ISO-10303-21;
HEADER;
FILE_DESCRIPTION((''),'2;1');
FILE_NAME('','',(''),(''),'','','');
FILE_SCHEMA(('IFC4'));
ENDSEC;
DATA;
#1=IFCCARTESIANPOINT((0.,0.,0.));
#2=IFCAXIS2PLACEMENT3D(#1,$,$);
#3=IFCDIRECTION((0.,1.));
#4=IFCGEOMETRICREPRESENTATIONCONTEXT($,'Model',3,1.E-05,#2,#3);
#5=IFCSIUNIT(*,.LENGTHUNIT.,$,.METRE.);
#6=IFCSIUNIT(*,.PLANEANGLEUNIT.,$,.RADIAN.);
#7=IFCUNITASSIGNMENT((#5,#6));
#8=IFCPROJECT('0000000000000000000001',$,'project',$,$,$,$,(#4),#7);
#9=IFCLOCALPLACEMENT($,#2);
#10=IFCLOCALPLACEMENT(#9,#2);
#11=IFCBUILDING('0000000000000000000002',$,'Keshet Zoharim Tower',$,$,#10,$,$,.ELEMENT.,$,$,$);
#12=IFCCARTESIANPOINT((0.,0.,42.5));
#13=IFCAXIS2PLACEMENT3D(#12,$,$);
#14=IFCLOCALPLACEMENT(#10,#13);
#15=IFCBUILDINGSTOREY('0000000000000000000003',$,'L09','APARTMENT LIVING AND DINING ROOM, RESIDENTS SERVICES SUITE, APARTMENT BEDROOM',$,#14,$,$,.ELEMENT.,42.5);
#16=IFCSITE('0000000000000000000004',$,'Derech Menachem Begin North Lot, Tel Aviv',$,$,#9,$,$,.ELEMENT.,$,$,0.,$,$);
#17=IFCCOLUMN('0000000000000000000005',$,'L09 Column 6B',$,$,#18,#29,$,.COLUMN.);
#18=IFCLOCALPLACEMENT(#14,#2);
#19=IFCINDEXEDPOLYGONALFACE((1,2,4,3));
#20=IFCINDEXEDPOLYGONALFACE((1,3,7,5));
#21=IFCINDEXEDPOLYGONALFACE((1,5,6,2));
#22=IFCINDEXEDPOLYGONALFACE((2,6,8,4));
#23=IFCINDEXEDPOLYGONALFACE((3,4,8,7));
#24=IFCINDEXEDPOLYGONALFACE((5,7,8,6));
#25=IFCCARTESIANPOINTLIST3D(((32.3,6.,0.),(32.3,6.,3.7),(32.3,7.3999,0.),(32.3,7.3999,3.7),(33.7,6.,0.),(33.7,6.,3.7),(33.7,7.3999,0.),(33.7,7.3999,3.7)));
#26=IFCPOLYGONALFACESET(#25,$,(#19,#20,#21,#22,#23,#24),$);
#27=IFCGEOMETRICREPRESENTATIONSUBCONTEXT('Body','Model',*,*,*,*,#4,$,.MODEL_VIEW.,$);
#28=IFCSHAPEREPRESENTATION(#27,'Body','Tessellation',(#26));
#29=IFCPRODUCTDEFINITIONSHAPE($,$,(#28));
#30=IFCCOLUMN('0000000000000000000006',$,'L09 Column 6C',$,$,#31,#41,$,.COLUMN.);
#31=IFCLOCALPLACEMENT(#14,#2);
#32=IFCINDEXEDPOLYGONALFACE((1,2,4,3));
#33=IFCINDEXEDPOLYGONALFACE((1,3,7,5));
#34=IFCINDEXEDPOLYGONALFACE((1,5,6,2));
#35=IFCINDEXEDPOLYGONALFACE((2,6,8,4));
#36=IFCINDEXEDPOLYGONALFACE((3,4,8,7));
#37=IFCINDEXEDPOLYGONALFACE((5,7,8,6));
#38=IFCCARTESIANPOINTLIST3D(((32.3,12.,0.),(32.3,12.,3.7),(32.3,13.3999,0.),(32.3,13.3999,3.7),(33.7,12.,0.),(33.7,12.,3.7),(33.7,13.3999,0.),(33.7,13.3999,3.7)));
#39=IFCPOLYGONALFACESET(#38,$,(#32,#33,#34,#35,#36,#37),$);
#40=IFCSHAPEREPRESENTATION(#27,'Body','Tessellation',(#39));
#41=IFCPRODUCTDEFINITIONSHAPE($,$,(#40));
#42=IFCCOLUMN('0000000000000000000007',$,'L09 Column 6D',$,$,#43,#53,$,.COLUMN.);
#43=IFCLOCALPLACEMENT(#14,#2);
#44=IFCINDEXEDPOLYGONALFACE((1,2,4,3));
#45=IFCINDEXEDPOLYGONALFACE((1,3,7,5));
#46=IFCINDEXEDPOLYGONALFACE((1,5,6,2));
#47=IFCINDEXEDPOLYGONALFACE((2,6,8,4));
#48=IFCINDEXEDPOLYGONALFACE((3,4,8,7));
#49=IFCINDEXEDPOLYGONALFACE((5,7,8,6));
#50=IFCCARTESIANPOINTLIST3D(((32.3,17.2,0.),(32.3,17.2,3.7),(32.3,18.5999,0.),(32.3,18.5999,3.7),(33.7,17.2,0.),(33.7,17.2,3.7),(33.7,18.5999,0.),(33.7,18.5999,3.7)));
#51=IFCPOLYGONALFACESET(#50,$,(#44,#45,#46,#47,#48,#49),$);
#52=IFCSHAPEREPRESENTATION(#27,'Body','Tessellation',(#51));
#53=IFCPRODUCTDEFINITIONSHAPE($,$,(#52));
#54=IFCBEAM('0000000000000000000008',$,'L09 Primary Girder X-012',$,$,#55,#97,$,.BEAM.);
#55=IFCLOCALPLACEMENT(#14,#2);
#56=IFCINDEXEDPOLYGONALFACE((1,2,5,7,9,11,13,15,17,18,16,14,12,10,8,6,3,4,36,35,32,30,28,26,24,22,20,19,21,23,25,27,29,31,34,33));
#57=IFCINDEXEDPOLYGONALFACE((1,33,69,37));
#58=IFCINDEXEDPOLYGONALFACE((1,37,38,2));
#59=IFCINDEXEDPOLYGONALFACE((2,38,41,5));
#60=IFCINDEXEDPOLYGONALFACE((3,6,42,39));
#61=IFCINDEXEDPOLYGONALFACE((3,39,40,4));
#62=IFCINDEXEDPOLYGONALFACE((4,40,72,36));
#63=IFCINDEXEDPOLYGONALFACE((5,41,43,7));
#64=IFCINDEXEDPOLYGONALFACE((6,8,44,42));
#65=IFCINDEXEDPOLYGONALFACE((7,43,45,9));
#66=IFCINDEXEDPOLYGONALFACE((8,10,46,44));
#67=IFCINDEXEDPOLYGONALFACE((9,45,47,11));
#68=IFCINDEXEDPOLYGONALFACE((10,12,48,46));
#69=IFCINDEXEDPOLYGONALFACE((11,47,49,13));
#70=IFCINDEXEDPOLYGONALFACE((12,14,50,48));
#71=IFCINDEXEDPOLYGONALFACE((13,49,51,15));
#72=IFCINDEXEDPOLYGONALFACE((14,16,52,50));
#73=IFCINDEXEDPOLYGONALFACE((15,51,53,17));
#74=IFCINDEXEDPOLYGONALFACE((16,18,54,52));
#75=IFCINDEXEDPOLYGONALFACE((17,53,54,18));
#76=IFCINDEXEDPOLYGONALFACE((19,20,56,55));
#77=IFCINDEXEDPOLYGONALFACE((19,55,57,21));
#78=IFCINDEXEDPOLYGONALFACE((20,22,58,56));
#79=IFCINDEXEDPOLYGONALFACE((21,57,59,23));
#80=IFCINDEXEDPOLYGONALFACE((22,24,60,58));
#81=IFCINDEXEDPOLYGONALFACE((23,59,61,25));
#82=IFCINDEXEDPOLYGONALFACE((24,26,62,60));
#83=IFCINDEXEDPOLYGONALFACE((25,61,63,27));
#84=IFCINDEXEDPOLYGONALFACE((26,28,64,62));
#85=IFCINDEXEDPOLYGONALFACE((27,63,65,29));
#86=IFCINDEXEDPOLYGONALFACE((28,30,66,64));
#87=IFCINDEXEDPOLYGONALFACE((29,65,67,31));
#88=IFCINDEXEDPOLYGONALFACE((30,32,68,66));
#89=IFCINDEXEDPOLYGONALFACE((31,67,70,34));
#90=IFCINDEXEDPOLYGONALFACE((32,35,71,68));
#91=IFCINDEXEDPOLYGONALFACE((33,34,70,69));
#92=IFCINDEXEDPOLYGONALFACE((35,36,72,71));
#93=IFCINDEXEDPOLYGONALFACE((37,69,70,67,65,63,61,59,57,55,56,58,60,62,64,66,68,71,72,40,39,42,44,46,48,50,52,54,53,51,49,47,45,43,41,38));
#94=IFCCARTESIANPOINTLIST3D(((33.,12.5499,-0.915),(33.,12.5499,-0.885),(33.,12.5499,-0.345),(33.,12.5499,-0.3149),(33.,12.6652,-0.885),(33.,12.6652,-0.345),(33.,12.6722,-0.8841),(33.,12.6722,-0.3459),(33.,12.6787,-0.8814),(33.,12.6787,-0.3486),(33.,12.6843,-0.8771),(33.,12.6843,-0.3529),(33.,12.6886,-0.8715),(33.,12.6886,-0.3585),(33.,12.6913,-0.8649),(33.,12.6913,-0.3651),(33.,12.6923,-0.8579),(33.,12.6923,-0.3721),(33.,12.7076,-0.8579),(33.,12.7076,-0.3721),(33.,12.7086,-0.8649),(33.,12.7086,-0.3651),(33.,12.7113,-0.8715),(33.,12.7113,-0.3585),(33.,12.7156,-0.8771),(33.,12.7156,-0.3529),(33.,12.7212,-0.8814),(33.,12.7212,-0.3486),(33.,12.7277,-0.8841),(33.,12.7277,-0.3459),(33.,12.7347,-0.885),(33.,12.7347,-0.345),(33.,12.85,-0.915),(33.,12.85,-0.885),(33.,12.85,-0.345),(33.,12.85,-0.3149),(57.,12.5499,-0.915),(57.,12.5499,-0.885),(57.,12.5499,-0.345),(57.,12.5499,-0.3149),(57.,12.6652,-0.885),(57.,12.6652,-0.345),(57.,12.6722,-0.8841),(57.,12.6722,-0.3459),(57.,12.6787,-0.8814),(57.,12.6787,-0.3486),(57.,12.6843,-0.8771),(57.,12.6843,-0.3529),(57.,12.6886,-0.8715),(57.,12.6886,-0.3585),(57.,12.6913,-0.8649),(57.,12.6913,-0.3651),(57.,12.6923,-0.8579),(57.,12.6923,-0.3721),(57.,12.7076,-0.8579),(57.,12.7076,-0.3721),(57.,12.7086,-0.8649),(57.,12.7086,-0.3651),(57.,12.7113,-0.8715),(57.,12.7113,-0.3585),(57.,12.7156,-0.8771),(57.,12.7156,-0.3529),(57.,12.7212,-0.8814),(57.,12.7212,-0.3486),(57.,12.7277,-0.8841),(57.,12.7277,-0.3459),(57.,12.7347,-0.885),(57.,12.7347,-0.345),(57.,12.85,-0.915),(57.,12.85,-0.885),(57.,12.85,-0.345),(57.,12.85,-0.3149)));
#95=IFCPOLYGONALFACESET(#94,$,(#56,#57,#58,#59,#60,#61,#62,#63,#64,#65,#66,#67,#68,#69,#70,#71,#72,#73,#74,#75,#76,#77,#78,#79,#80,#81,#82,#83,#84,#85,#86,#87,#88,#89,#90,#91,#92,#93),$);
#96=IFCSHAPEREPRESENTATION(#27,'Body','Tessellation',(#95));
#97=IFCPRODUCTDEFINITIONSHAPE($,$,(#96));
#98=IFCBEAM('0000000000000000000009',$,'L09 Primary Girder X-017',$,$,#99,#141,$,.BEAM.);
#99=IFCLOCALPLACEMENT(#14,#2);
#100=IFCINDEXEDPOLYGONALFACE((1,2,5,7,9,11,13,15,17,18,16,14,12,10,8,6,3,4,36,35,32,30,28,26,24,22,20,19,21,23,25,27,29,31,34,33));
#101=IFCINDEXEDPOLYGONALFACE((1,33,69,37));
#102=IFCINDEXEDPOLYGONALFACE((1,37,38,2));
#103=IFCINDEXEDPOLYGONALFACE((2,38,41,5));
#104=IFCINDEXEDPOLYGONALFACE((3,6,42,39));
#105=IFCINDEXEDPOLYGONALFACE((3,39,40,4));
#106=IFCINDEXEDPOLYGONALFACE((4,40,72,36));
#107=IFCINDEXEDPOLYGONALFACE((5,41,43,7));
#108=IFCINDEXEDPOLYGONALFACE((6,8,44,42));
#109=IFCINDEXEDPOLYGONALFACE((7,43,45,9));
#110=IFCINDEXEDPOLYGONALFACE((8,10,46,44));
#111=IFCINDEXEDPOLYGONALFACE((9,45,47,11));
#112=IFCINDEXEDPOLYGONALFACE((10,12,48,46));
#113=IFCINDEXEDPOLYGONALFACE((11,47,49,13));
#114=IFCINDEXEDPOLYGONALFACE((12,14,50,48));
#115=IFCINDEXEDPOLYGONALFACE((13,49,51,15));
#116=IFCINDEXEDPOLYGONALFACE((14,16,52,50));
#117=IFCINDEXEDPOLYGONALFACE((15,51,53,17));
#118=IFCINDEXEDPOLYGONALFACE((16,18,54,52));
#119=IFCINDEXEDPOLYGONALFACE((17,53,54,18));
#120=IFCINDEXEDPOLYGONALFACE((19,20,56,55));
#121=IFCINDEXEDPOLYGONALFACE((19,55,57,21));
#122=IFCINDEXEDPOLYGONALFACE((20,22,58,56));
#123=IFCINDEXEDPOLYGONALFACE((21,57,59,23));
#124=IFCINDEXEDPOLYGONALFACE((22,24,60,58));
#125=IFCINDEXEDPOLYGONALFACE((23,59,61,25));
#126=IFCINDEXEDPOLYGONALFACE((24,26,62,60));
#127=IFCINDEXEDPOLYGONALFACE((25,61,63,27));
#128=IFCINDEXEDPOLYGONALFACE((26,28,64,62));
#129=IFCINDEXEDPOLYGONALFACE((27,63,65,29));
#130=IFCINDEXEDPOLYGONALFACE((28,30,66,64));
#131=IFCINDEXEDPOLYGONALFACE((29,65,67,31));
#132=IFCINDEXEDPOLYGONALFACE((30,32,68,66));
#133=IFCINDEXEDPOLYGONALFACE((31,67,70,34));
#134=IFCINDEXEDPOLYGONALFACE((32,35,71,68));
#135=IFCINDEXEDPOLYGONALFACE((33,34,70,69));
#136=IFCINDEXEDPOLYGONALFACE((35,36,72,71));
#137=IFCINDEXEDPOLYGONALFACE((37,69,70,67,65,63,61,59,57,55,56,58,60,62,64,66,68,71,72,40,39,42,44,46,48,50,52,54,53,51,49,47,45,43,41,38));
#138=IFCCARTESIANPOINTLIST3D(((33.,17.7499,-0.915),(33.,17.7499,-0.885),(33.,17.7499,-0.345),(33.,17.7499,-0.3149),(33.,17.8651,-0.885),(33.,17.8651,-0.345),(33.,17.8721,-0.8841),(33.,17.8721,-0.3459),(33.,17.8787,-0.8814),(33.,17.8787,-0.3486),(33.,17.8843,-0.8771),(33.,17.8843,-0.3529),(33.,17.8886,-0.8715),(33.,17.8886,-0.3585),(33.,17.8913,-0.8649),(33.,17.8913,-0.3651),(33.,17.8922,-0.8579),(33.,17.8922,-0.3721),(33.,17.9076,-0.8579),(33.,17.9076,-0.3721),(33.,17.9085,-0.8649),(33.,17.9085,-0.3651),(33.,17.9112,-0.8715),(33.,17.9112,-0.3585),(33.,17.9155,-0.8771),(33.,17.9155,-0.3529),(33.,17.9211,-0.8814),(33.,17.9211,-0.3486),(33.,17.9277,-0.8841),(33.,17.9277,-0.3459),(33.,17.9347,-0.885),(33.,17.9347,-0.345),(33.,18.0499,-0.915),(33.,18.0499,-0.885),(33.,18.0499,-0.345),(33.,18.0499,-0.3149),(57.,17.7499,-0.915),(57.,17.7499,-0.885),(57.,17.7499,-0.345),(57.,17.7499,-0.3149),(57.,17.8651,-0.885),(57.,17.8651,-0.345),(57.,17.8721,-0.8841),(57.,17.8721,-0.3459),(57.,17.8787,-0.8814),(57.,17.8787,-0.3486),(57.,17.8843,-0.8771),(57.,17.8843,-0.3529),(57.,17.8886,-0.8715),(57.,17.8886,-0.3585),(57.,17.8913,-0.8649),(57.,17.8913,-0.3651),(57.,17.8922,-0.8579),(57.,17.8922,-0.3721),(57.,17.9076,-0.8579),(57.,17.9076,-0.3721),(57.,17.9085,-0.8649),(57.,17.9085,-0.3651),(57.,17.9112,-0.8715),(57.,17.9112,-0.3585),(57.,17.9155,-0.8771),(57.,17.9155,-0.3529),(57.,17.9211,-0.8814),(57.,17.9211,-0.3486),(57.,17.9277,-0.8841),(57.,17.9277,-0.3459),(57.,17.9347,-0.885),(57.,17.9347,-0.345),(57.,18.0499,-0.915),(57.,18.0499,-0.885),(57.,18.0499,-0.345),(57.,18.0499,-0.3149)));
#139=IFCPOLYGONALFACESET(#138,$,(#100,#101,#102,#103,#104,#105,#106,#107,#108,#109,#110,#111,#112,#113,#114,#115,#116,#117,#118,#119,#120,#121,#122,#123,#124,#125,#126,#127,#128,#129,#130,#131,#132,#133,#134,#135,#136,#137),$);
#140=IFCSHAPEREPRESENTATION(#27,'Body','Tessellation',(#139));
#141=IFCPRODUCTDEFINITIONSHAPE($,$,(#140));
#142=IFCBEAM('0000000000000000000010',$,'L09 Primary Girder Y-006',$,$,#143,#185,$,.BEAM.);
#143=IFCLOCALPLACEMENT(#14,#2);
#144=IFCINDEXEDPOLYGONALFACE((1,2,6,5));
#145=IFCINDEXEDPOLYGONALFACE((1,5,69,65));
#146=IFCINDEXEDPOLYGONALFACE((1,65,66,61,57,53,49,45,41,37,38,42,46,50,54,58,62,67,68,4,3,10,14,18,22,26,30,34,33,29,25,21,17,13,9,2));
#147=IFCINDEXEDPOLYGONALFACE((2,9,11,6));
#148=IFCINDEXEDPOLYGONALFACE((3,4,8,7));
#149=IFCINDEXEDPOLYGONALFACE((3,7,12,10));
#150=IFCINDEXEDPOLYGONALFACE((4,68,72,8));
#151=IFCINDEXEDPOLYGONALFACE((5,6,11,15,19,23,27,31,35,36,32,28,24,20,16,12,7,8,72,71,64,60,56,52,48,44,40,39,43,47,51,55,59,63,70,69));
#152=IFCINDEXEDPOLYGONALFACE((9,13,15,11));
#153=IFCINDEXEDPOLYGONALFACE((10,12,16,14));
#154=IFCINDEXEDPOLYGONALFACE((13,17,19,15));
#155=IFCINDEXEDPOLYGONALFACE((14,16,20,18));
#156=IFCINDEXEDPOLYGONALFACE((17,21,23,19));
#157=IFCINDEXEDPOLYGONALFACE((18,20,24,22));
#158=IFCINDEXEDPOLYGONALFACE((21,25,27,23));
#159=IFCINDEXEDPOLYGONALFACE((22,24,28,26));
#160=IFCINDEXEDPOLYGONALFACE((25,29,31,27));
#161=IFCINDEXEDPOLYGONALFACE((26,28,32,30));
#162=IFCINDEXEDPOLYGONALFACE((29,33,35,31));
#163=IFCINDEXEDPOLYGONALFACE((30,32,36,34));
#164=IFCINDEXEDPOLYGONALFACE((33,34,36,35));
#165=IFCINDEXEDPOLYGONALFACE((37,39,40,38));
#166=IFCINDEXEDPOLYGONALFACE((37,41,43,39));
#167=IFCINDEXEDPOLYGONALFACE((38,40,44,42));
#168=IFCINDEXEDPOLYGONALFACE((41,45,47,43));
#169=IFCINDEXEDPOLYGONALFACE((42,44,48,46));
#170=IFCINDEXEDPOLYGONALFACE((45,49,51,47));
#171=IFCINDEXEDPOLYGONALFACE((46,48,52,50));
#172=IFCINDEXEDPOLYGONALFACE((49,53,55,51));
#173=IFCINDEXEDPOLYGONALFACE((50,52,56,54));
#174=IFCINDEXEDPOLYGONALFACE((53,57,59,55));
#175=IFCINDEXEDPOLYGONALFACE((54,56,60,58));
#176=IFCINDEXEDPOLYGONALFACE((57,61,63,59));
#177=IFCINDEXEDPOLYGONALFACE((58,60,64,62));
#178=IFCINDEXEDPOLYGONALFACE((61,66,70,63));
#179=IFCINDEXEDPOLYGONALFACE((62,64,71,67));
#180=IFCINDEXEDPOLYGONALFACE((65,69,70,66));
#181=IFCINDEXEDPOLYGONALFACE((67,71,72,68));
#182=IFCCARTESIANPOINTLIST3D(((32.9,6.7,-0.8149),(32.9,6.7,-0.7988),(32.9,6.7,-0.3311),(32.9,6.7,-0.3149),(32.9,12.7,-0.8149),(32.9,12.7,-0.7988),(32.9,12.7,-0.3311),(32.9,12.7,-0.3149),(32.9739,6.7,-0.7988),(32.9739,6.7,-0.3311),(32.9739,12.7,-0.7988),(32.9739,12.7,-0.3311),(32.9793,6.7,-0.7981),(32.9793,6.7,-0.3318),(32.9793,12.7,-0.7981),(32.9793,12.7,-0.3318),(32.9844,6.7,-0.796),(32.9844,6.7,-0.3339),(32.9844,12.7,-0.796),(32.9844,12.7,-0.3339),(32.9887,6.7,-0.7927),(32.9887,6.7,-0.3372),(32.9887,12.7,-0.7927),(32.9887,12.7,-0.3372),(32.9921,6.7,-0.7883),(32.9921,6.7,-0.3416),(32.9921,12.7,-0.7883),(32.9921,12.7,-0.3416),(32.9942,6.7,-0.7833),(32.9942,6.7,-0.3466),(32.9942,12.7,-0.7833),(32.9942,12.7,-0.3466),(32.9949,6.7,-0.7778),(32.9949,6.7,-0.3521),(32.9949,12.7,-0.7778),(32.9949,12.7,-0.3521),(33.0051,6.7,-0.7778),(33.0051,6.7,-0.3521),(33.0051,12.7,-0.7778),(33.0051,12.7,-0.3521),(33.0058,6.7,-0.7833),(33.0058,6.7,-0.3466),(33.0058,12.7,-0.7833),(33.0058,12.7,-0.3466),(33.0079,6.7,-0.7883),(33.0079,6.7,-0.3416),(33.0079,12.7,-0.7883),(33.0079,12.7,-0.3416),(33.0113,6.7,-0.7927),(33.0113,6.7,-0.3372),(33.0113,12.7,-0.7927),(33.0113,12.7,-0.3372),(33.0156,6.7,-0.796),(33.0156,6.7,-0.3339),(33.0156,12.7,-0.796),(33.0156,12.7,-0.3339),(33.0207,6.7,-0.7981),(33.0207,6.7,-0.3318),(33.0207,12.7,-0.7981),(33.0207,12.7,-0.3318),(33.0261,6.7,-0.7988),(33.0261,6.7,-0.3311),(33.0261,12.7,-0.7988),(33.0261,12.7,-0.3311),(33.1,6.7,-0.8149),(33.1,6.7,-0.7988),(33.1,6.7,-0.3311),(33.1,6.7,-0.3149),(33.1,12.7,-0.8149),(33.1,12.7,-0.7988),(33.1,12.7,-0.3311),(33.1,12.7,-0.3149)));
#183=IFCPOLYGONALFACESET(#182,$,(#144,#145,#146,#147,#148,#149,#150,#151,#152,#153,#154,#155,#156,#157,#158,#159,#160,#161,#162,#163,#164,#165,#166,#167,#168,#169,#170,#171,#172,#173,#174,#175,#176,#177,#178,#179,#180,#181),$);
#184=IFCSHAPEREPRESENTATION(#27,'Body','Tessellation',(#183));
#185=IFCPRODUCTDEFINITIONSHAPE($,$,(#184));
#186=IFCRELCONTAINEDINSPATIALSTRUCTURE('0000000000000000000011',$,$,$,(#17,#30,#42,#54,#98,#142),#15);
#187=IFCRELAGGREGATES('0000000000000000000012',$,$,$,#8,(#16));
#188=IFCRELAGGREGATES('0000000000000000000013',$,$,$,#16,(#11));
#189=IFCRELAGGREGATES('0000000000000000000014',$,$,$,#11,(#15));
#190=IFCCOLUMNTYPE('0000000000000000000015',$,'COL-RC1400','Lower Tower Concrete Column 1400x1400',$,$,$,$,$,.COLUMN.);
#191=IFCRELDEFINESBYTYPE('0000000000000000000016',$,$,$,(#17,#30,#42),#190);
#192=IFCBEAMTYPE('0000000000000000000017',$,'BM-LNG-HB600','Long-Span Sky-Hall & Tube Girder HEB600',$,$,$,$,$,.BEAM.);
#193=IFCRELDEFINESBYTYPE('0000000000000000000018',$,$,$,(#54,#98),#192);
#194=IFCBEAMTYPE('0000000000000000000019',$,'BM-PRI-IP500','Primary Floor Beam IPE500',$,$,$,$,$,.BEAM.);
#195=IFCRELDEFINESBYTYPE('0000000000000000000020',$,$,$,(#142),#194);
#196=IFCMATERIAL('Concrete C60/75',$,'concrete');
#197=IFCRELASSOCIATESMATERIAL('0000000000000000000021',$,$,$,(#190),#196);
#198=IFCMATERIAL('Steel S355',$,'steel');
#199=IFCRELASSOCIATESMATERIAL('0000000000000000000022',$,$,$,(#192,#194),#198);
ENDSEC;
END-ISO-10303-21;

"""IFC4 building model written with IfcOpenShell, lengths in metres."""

from ifc_helpers import new_model, si_unit, direction, frame, origin, origin_2d, place, context, subcontext, project, spatial, rectangle, i_section, extrude, material, material_profile, profile_set, type_object, element, save


model = new_model("IFC4")

# Units and contexts
model_context = context("Model", 3, precision=1e-05, world=origin(), true_north=direction((0.0, 1.0)))
body_context = subcontext(model_context, "Body", "Model", "MODEL_VIEW")
ifc_project = project(units=[si_unit("LENGTHUNIT", "METRE"), si_unit("PLANEANGLEUNIT", "RADIAN")], contexts=[model_context])

# Site, building, storey
site_placement = place(None, origin())
site = spatial("IfcSite", under=ifc_project, at=site_placement, Name="Derech Menachem Begin North Lot, Tel Aviv", CompositionType="ELEMENT", RefElevation=0.0)
building_placement = place(site_placement, origin())
building = spatial("IfcBuilding", under=site, at=building_placement, Name="Keshet Zoharim Tower", CompositionType="ELEMENT")
storey_placement = place(building_placement, frame((0.0, 0.0, 42.5)))
storey = spatial("IfcBuildingStorey", under=building, at=storey_placement, Name="L09", Description="APARTMENT LIVING AND DINING ROOM, RESIDENTS SERVICES SUITE, APARTMENT BEDROOM", CompositionType="ELEMENT", Elevation=42.5)

# Columns
ifc_material_1 = material(Name="Concrete C60/75", Category="concrete")
ifc_material_profile_1 = material_profile(ifc_material_1, rectangle(XDim=1.3999, YDim=1.3999, at=origin_2d()), Name="RC1400x1400")
ifc_profile_set_1 = profile_set([ifc_material_profile_1], Name="Concrete C60/75")
column_type = type_object("IfcColumnType", Name="COL-RC1400", Description="Lower Tower Concrete Column 1400x1400", PredefinedType="COLUMN", material=ifc_profile_set_1)
for number, where, z_axis, x_axis, name in (
    (1, (33.0, 6.7, 0.0), (0.0, 0.0, 1.0), (1.0, 0.0, 0.0), "L09 Column 6B"),
    (2, (33.0, 12.7, 0.0), (0.0, 0.0, 1.0), (1.0, 0.0, 0.0), "L09 Column 6C"),
    (3, (33.0, 17.8999, 0.0), (0.0, 0.0, 1.0), (1.0, 0.0, 0.0), "L09 Column 6D"),
):
    element("IfcColumn", number, at=place(storey_placement, frame(where, z_axis=z_axis, x_axis=x_axis)), inside=storey, type_object=column_type, Name=name, PredefinedType="COLUMN", context=body_context, shape_type="SweptSolid", body=[
        extrude(rectangle(XDim=1.3999, YDim=1.3999, at=origin_2d()), origin(), (0.0, 0.0, 1.0), 3.7),
    ])

# Beams
ifc_material_2 = material(Name="Steel S355", Category="steel")
ifc_material_profile_2 = material_profile(ifc_material_2, i_section(OverallWidth=0.3, OverallDepth=0.6001, WebThickness=0.0154, FlangeThickness=0.03, FilletRadius=0.0271, at=origin_2d()), Name="HEB600")
ifc_profile_set_2 = profile_set([ifc_material_profile_2], Name="Steel S355")
beam_type_1 = type_object("IfcBeamType", Name="BM-LNG-HB600", Description="Long-Span Sky-Hall & Tube Girder HEB600", PredefinedType="BEAM", material=ifc_profile_set_2)
for number, where, z_axis, x_axis, name in (
    (4, (33.0, 12.7, -0.615), (1.0, 0.0, 0.0), (0.0, 1.0, 0.0), "L09 Primary Girder X-012"),
    (5, (33.0, 17.8999, -0.615), (1.0, 0.0, 0.0), (0.0, 1.0, 0.0), "L09 Primary Girder X-017"),
):
    element("IfcBeam", number, at=place(storey_placement, frame(where, z_axis=z_axis, x_axis=x_axis)), inside=storey, type_object=beam_type_1, Name=name, PredefinedType="BEAM", context=body_context, shape_type="SweptSolid", body=[
        extrude(i_section(OverallWidth=0.3, OverallDepth=0.6001, WebThickness=0.0154, FlangeThickness=0.03, FilletRadius=0.0271, at=origin_2d()), origin(), (0.0, 0.0, 1.0), 24.0),
    ])
ifc_material_profile_3 = material_profile(ifc_material_2, i_section(OverallWidth=0.2, OverallDepth=0.5, WebThickness=0.0103, FlangeThickness=0.0161, FilletRadius=0.021, at=origin_2d()), Name="IPE500")
ifc_profile_set_3 = profile_set([ifc_material_profile_3], Name="Steel S355")
beam_type_2 = type_object("IfcBeamType", Name="BM-PRI-IP500", Description="Primary Floor Beam IPE500", PredefinedType="BEAM", material=ifc_profile_set_3)
beam_1_placement = place(storey_placement, frame((33.0, 6.7, -0.5649), z_axis=(0.0, 1.0, 0.0), x_axis=(-1.0, 0.0, 0.0)))
element("IfcBeam", 6, at=beam_1_placement, inside=storey, type_object=beam_type_2, Name="L09 Primary Girder Y-006", PredefinedType="BEAM", context=body_context, shape_type="SweptSolid", body=[
    extrude(i_section(OverallWidth=0.2, OverallDepth=0.5, WebThickness=0.0103, FlangeThickness=0.0161, FilletRadius=0.021, at=origin_2d()), origin(), (0.0, 0.0, 1.0), 6.0),
])

save(model, "model.ifc")
